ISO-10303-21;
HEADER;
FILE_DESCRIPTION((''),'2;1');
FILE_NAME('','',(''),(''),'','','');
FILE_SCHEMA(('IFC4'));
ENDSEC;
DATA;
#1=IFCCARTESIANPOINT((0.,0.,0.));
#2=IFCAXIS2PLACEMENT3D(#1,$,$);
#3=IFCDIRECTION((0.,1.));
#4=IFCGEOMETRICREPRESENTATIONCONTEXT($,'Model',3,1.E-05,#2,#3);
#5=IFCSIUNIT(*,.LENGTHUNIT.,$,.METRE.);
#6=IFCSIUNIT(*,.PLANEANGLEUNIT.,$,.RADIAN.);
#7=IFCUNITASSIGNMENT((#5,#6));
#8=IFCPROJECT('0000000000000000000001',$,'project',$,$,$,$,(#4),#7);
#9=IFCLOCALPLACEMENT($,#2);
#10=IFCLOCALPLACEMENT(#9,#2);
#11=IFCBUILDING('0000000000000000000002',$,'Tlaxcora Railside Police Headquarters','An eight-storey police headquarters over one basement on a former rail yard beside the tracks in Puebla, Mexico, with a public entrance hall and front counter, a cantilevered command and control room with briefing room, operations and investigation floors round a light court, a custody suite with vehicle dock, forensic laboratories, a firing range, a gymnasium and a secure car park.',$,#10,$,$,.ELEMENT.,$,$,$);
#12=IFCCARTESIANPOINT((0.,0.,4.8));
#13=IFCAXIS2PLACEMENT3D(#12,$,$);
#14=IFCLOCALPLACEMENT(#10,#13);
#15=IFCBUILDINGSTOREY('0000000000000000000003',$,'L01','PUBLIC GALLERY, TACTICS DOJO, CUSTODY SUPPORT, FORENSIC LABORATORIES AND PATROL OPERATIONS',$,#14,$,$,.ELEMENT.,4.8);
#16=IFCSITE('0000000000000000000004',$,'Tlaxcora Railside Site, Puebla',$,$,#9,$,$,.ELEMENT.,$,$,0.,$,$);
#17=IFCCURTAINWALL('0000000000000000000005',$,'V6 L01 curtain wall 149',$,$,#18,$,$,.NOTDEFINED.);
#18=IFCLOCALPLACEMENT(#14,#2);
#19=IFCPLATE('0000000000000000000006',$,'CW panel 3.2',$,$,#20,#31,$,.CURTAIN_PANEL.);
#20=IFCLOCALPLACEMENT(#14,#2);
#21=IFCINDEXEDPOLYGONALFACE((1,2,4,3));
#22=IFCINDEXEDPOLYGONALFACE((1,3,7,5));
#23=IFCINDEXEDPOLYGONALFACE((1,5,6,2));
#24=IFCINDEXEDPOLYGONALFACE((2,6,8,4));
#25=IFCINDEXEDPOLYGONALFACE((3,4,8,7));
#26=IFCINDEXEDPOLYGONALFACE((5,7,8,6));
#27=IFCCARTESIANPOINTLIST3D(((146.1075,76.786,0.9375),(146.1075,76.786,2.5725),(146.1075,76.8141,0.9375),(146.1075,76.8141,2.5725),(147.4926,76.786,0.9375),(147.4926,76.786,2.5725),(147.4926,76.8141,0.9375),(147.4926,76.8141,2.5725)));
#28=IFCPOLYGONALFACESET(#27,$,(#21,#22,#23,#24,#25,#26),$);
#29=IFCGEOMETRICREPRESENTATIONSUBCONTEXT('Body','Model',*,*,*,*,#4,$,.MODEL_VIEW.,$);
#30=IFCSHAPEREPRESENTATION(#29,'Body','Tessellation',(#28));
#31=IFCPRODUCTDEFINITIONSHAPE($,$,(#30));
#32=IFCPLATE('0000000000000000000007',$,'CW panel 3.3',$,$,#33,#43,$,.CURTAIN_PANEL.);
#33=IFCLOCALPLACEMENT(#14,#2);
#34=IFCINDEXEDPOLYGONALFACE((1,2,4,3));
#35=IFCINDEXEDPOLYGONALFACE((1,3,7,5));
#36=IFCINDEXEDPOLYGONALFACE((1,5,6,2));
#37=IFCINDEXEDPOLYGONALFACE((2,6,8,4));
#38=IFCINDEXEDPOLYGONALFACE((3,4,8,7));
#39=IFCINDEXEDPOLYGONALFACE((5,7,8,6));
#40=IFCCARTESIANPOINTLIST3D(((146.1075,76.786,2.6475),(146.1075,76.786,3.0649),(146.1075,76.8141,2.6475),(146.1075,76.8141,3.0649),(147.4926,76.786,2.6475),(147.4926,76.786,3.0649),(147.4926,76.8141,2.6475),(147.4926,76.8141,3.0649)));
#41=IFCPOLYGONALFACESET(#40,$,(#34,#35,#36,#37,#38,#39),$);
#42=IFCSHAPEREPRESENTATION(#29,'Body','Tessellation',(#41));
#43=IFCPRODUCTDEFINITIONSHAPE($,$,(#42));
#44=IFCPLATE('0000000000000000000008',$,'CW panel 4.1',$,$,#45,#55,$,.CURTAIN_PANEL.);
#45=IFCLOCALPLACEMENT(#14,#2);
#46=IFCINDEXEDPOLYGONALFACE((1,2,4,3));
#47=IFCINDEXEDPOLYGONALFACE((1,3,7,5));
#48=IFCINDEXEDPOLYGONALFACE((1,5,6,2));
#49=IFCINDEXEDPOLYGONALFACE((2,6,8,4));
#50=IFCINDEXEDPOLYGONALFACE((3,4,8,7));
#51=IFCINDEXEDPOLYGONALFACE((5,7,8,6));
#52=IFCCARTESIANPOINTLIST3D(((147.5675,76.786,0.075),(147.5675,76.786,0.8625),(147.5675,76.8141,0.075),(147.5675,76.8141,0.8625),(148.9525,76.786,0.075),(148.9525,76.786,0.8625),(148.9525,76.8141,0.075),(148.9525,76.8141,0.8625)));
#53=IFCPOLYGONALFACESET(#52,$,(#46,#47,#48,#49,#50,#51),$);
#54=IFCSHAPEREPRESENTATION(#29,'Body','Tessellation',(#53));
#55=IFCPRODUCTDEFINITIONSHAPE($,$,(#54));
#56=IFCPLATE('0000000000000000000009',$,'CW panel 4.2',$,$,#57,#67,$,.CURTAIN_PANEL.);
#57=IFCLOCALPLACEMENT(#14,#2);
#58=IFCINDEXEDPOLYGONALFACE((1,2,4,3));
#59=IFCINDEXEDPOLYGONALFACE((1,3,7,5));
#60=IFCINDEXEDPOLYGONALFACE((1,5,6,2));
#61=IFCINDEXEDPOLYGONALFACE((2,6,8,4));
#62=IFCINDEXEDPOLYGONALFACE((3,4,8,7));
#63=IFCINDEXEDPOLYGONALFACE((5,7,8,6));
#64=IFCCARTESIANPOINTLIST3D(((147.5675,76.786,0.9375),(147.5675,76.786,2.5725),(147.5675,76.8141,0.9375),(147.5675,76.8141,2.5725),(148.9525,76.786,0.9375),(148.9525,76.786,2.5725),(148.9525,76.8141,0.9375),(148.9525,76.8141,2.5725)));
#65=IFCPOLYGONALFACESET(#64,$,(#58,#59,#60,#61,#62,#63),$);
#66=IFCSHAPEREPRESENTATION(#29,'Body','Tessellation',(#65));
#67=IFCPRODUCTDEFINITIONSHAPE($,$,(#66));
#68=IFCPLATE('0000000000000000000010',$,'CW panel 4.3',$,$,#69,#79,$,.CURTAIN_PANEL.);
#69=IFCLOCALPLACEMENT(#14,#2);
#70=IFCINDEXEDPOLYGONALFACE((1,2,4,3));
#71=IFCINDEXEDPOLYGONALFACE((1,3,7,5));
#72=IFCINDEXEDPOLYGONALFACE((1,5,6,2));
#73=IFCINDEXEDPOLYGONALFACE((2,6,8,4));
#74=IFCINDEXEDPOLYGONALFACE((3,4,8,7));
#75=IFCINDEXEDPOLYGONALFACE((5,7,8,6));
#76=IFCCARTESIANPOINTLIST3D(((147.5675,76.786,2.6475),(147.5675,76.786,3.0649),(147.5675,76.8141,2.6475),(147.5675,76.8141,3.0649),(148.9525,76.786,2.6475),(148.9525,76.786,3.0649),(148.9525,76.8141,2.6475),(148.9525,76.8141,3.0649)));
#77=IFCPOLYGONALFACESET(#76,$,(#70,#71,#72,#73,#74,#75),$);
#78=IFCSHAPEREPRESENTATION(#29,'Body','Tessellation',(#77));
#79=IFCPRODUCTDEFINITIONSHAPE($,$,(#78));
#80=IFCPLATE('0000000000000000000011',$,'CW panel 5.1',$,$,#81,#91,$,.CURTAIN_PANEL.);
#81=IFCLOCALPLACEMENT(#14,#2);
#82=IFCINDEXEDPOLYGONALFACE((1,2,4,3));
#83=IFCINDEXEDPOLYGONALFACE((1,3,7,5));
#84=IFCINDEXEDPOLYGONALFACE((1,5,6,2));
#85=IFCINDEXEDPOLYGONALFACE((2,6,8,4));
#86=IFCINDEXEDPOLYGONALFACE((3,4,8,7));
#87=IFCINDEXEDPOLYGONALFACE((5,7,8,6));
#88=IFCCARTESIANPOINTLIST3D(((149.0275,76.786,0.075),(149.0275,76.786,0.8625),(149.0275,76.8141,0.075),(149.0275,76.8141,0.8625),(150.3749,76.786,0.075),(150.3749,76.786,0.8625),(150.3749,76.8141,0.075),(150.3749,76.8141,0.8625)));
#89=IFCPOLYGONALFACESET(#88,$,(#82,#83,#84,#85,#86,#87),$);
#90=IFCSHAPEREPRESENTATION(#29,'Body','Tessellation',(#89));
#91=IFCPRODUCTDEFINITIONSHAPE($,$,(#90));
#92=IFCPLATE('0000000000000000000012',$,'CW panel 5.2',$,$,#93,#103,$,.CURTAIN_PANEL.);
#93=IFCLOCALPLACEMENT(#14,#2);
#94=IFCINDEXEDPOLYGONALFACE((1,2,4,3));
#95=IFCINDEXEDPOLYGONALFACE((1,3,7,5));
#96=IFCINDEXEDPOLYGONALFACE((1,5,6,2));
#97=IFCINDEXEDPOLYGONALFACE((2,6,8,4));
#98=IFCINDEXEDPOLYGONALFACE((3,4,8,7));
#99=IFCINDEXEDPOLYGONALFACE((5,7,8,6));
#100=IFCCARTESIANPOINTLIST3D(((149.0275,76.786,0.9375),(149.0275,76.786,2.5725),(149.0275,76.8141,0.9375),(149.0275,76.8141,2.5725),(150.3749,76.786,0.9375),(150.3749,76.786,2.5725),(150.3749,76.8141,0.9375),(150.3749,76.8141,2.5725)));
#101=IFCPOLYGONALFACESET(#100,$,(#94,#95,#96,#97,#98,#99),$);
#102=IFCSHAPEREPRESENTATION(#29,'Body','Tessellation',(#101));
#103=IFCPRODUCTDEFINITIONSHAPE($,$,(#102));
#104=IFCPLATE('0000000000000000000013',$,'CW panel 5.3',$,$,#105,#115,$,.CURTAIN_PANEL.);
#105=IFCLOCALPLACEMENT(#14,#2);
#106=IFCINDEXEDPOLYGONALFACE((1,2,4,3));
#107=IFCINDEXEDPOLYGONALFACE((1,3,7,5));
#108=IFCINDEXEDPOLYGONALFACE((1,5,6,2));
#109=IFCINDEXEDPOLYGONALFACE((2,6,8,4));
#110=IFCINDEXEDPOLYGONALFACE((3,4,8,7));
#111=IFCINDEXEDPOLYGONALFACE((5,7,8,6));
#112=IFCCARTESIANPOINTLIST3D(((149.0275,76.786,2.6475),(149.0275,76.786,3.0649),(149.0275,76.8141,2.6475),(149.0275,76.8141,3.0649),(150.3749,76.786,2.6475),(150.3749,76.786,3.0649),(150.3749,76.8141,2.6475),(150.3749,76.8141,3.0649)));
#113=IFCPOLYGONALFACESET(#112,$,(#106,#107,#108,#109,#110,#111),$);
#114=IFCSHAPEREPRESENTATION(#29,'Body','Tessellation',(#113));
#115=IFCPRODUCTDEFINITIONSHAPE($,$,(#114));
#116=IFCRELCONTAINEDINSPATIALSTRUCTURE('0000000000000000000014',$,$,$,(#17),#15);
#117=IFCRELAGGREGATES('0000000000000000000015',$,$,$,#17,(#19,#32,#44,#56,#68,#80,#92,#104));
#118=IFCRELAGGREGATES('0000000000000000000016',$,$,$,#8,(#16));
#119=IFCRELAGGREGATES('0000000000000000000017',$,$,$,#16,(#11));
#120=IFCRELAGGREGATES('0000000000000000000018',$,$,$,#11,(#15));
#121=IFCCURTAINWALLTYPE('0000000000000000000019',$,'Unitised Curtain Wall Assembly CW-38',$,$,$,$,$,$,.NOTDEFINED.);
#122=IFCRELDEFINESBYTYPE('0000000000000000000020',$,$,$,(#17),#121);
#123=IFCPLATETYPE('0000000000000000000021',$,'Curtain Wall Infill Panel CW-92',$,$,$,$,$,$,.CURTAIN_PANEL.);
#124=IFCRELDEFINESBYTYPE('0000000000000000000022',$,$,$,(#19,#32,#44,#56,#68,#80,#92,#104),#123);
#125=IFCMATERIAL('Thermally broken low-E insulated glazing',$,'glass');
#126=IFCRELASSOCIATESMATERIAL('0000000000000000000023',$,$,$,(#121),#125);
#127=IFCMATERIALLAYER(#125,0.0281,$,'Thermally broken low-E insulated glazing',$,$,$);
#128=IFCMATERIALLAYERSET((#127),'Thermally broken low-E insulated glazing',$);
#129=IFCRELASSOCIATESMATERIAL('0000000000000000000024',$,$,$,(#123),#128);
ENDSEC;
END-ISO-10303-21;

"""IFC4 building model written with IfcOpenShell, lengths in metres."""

from ifc_helpers import new_model, si_unit, direction, frame, origin, origin_2d, place, context, subcontext, project, spatial, rectangle, extrude, material, layer, layer_set, type_object, element, aggregate, save


model = new_model("IFC4")

# Units and contexts
model_context = context("Model", 3, precision=1e-05, world=origin(), true_north=direction((0.0, 1.0)))
body_context = subcontext(model_context, "Body", "Model", "MODEL_VIEW")
ifc_project = project(units=[si_unit("LENGTHUNIT", "METRE"), si_unit("PLANEANGLEUNIT", "RADIAN")], contexts=[model_context])

# Site, building, storey
site_placement = place(None, origin())
site = spatial("IfcSite", under=ifc_project, at=site_placement, Name="Tlaxcora Railside Site, Puebla", CompositionType="ELEMENT", RefElevation=0.0)
building_placement = place(site_placement, origin())
building = spatial("IfcBuilding", under=site, at=building_placement, Name="Tlaxcora Railside Police Headquarters", Description="An eight-storey police headquarters over one basement on a former rail yard beside the tracks in Puebla, Mexico, with a public entrance hall and front counter, a cantilevered command and control room with briefing room, operations and investigation floors round a light court, a custody suite with vehicle dock, forensic laboratories, a firing range, a gymnasium and a secure car park.", CompositionType="ELEMENT")
storey_placement = place(building_placement, frame((0.0, 0.0, 4.8)))
storey = spatial("IfcBuildingStorey", under=building, at=storey_placement, Name="L01", Description="PUBLIC GALLERY, TACTICS DOJO, CUSTODY SUPPORT, FORENSIC LABORATORIES AND PATROL OPERATIONS", CompositionType="ELEMENT", Elevation=4.8)

# Curtain wall
ifc_material_1 = material(Name="Thermally broken low-E insulated glazing", Category="glass")
curtain_wall_type_1 = type_object("IfcCurtainWallType", Name="Unitised Curtain Wall Assembly CW-38", PredefinedType="NOTDEFINED", material=ifc_material_1)
curtain_wall_1_placement = place(storey_placement, origin())
curtain_wall_1 = element("IfcCurtainWall", 1, at=curtain_wall_1_placement, inside=storey, type_object=curtain_wall_type_1, Name="V6 L01 curtain wall 149", PredefinedType="NOTDEFINED")

# Plates
ifc_layer = layer(ifc_material_1, 0.0281, Name="Thermally broken low-E insulated glazing")
ifc_layer_set = layer_set([ifc_layer], Name="Thermally broken low-E insulated glazing")
plate_type = type_object("IfcPlateType", Name="Curtain Wall Infill Panel CW-92", PredefinedType="CURTAIN_PANEL", material=ifc_layer_set)
plate_1_placement = place(storey_placement, frame((146.8, 76.8, 0.9375), z_axis=(0.0, 0.0, 1.0), x_axis=(1.0, 0.0, 0.0)))
plate_1 = element("IfcPlate", 2, at=plate_1_placement, type_object=plate_type, Name="CW panel 3.2", PredefinedType="CURTAIN_PANEL", context=body_context, shape_type="SweptSolid", body=[
    extrude(rectangle(XDim=1.385, YDim=0.0281, at=origin_2d()), origin(), (0.0, 0.0, 1.0), 1.635),
])
plate_2_placement = place(storey_placement, frame((146.8, 76.8, 2.6475), z_axis=(0.0, 0.0, 1.0), x_axis=(1.0, 0.0, 0.0)))
plate_2 = element("IfcPlate", 3, at=plate_2_placement, type_object=plate_type, Name="CW panel 3.3", PredefinedType="CURTAIN_PANEL", context=body_context, shape_type="SweptSolid", body=[
    extrude(rectangle(XDim=1.385, YDim=0.0281, at=origin_2d()), origin(), (0.0, 0.0, 1.0), 0.4175),
])
plate_3_placement = place(storey_placement, frame((148.26, 76.8, 0.075), z_axis=(0.0, 0.0, 1.0), x_axis=(1.0, 0.0, 0.0)))
plate_3 = element("IfcPlate", 4, at=plate_3_placement, type_object=plate_type, Name="CW panel 4.1", PredefinedType="CURTAIN_PANEL", context=body_context, shape_type="SweptSolid", body=[
    extrude(rectangle(XDim=1.385, YDim=0.0281, at=origin_2d()), origin(), (0.0, 0.0, 1.0), 0.7876),
])
plate_4_placement = place(storey_placement, frame((148.26, 76.8, 0.9375), z_axis=(0.0, 0.0, 1.0), x_axis=(1.0, 0.0, 0.0)))
plate_4 = element("IfcPlate", 5, at=plate_4_placement, type_object=plate_type, Name="CW panel 4.2", PredefinedType="CURTAIN_PANEL", context=body_context, shape_type="SweptSolid", body=[
    extrude(rectangle(XDim=1.385, YDim=0.0281, at=origin_2d()), origin(), (0.0, 0.0, 1.0), 1.635),
])
plate_5_placement = place(storey_placement, frame((148.26, 76.8, 2.6475), z_axis=(0.0, 0.0, 1.0), x_axis=(1.0, 0.0, 0.0)))
plate_5 = element("IfcPlate", 6, at=plate_5_placement, type_object=plate_type, Name="CW panel 4.3", PredefinedType="CURTAIN_PANEL", context=body_context, shape_type="SweptSolid", body=[
    extrude(rectangle(XDim=1.385, YDim=0.0281, at=origin_2d()), origin(), (0.0, 0.0, 1.0), 0.4175),
])
plate_6_placement = place(storey_placement, frame((149.7012, 76.8, 0.075), z_axis=(0.0, 0.0, 1.0), x_axis=(1.0, 0.0, 0.0)))
plate_6 = element("IfcPlate", 7, at=plate_6_placement, type_object=plate_type, Name="CW panel 5.1", PredefinedType="CURTAIN_PANEL", context=body_context, shape_type="SweptSolid", body=[
    extrude(rectangle(XDim=1.3474, YDim=0.0281, at=origin_2d()), origin(), (0.0, 0.0, 1.0), 0.7876),
])
plate_7_placement = place(storey_placement, frame((149.7012, 76.8, 0.9375), z_axis=(0.0, 0.0, 1.0), x_axis=(1.0, 0.0, 0.0)))
plate_7 = element("IfcPlate", 8, at=plate_7_placement, type_object=plate_type, Name="CW panel 5.2", PredefinedType="CURTAIN_PANEL", context=body_context, shape_type="SweptSolid", body=[
    extrude(rectangle(XDim=1.3474, YDim=0.0281, at=origin_2d()), origin(), (0.0, 0.0, 1.0), 1.635),
])
plate_8_placement = place(storey_placement, frame((149.7012, 76.8, 2.6475), z_axis=(0.0, 0.0, 1.0), x_axis=(1.0, 0.0, 0.0)))
plate_8 = element("IfcPlate", 9, at=plate_8_placement, type_object=plate_type, Name="CW panel 5.3", PredefinedType="CURTAIN_PANEL", context=body_context, shape_type="SweptSolid", body=[
    extrude(rectangle(XDim=1.3474, YDim=0.0281, at=origin_2d()), origin(), (0.0, 0.0, 1.0), 0.4175),
])
aggregate(curtain_wall_1, [plate_1, plate_2, plate_3, plate_4, plate_5, plate_6, plate_7, plate_8])

save(model, "model.ifc")
